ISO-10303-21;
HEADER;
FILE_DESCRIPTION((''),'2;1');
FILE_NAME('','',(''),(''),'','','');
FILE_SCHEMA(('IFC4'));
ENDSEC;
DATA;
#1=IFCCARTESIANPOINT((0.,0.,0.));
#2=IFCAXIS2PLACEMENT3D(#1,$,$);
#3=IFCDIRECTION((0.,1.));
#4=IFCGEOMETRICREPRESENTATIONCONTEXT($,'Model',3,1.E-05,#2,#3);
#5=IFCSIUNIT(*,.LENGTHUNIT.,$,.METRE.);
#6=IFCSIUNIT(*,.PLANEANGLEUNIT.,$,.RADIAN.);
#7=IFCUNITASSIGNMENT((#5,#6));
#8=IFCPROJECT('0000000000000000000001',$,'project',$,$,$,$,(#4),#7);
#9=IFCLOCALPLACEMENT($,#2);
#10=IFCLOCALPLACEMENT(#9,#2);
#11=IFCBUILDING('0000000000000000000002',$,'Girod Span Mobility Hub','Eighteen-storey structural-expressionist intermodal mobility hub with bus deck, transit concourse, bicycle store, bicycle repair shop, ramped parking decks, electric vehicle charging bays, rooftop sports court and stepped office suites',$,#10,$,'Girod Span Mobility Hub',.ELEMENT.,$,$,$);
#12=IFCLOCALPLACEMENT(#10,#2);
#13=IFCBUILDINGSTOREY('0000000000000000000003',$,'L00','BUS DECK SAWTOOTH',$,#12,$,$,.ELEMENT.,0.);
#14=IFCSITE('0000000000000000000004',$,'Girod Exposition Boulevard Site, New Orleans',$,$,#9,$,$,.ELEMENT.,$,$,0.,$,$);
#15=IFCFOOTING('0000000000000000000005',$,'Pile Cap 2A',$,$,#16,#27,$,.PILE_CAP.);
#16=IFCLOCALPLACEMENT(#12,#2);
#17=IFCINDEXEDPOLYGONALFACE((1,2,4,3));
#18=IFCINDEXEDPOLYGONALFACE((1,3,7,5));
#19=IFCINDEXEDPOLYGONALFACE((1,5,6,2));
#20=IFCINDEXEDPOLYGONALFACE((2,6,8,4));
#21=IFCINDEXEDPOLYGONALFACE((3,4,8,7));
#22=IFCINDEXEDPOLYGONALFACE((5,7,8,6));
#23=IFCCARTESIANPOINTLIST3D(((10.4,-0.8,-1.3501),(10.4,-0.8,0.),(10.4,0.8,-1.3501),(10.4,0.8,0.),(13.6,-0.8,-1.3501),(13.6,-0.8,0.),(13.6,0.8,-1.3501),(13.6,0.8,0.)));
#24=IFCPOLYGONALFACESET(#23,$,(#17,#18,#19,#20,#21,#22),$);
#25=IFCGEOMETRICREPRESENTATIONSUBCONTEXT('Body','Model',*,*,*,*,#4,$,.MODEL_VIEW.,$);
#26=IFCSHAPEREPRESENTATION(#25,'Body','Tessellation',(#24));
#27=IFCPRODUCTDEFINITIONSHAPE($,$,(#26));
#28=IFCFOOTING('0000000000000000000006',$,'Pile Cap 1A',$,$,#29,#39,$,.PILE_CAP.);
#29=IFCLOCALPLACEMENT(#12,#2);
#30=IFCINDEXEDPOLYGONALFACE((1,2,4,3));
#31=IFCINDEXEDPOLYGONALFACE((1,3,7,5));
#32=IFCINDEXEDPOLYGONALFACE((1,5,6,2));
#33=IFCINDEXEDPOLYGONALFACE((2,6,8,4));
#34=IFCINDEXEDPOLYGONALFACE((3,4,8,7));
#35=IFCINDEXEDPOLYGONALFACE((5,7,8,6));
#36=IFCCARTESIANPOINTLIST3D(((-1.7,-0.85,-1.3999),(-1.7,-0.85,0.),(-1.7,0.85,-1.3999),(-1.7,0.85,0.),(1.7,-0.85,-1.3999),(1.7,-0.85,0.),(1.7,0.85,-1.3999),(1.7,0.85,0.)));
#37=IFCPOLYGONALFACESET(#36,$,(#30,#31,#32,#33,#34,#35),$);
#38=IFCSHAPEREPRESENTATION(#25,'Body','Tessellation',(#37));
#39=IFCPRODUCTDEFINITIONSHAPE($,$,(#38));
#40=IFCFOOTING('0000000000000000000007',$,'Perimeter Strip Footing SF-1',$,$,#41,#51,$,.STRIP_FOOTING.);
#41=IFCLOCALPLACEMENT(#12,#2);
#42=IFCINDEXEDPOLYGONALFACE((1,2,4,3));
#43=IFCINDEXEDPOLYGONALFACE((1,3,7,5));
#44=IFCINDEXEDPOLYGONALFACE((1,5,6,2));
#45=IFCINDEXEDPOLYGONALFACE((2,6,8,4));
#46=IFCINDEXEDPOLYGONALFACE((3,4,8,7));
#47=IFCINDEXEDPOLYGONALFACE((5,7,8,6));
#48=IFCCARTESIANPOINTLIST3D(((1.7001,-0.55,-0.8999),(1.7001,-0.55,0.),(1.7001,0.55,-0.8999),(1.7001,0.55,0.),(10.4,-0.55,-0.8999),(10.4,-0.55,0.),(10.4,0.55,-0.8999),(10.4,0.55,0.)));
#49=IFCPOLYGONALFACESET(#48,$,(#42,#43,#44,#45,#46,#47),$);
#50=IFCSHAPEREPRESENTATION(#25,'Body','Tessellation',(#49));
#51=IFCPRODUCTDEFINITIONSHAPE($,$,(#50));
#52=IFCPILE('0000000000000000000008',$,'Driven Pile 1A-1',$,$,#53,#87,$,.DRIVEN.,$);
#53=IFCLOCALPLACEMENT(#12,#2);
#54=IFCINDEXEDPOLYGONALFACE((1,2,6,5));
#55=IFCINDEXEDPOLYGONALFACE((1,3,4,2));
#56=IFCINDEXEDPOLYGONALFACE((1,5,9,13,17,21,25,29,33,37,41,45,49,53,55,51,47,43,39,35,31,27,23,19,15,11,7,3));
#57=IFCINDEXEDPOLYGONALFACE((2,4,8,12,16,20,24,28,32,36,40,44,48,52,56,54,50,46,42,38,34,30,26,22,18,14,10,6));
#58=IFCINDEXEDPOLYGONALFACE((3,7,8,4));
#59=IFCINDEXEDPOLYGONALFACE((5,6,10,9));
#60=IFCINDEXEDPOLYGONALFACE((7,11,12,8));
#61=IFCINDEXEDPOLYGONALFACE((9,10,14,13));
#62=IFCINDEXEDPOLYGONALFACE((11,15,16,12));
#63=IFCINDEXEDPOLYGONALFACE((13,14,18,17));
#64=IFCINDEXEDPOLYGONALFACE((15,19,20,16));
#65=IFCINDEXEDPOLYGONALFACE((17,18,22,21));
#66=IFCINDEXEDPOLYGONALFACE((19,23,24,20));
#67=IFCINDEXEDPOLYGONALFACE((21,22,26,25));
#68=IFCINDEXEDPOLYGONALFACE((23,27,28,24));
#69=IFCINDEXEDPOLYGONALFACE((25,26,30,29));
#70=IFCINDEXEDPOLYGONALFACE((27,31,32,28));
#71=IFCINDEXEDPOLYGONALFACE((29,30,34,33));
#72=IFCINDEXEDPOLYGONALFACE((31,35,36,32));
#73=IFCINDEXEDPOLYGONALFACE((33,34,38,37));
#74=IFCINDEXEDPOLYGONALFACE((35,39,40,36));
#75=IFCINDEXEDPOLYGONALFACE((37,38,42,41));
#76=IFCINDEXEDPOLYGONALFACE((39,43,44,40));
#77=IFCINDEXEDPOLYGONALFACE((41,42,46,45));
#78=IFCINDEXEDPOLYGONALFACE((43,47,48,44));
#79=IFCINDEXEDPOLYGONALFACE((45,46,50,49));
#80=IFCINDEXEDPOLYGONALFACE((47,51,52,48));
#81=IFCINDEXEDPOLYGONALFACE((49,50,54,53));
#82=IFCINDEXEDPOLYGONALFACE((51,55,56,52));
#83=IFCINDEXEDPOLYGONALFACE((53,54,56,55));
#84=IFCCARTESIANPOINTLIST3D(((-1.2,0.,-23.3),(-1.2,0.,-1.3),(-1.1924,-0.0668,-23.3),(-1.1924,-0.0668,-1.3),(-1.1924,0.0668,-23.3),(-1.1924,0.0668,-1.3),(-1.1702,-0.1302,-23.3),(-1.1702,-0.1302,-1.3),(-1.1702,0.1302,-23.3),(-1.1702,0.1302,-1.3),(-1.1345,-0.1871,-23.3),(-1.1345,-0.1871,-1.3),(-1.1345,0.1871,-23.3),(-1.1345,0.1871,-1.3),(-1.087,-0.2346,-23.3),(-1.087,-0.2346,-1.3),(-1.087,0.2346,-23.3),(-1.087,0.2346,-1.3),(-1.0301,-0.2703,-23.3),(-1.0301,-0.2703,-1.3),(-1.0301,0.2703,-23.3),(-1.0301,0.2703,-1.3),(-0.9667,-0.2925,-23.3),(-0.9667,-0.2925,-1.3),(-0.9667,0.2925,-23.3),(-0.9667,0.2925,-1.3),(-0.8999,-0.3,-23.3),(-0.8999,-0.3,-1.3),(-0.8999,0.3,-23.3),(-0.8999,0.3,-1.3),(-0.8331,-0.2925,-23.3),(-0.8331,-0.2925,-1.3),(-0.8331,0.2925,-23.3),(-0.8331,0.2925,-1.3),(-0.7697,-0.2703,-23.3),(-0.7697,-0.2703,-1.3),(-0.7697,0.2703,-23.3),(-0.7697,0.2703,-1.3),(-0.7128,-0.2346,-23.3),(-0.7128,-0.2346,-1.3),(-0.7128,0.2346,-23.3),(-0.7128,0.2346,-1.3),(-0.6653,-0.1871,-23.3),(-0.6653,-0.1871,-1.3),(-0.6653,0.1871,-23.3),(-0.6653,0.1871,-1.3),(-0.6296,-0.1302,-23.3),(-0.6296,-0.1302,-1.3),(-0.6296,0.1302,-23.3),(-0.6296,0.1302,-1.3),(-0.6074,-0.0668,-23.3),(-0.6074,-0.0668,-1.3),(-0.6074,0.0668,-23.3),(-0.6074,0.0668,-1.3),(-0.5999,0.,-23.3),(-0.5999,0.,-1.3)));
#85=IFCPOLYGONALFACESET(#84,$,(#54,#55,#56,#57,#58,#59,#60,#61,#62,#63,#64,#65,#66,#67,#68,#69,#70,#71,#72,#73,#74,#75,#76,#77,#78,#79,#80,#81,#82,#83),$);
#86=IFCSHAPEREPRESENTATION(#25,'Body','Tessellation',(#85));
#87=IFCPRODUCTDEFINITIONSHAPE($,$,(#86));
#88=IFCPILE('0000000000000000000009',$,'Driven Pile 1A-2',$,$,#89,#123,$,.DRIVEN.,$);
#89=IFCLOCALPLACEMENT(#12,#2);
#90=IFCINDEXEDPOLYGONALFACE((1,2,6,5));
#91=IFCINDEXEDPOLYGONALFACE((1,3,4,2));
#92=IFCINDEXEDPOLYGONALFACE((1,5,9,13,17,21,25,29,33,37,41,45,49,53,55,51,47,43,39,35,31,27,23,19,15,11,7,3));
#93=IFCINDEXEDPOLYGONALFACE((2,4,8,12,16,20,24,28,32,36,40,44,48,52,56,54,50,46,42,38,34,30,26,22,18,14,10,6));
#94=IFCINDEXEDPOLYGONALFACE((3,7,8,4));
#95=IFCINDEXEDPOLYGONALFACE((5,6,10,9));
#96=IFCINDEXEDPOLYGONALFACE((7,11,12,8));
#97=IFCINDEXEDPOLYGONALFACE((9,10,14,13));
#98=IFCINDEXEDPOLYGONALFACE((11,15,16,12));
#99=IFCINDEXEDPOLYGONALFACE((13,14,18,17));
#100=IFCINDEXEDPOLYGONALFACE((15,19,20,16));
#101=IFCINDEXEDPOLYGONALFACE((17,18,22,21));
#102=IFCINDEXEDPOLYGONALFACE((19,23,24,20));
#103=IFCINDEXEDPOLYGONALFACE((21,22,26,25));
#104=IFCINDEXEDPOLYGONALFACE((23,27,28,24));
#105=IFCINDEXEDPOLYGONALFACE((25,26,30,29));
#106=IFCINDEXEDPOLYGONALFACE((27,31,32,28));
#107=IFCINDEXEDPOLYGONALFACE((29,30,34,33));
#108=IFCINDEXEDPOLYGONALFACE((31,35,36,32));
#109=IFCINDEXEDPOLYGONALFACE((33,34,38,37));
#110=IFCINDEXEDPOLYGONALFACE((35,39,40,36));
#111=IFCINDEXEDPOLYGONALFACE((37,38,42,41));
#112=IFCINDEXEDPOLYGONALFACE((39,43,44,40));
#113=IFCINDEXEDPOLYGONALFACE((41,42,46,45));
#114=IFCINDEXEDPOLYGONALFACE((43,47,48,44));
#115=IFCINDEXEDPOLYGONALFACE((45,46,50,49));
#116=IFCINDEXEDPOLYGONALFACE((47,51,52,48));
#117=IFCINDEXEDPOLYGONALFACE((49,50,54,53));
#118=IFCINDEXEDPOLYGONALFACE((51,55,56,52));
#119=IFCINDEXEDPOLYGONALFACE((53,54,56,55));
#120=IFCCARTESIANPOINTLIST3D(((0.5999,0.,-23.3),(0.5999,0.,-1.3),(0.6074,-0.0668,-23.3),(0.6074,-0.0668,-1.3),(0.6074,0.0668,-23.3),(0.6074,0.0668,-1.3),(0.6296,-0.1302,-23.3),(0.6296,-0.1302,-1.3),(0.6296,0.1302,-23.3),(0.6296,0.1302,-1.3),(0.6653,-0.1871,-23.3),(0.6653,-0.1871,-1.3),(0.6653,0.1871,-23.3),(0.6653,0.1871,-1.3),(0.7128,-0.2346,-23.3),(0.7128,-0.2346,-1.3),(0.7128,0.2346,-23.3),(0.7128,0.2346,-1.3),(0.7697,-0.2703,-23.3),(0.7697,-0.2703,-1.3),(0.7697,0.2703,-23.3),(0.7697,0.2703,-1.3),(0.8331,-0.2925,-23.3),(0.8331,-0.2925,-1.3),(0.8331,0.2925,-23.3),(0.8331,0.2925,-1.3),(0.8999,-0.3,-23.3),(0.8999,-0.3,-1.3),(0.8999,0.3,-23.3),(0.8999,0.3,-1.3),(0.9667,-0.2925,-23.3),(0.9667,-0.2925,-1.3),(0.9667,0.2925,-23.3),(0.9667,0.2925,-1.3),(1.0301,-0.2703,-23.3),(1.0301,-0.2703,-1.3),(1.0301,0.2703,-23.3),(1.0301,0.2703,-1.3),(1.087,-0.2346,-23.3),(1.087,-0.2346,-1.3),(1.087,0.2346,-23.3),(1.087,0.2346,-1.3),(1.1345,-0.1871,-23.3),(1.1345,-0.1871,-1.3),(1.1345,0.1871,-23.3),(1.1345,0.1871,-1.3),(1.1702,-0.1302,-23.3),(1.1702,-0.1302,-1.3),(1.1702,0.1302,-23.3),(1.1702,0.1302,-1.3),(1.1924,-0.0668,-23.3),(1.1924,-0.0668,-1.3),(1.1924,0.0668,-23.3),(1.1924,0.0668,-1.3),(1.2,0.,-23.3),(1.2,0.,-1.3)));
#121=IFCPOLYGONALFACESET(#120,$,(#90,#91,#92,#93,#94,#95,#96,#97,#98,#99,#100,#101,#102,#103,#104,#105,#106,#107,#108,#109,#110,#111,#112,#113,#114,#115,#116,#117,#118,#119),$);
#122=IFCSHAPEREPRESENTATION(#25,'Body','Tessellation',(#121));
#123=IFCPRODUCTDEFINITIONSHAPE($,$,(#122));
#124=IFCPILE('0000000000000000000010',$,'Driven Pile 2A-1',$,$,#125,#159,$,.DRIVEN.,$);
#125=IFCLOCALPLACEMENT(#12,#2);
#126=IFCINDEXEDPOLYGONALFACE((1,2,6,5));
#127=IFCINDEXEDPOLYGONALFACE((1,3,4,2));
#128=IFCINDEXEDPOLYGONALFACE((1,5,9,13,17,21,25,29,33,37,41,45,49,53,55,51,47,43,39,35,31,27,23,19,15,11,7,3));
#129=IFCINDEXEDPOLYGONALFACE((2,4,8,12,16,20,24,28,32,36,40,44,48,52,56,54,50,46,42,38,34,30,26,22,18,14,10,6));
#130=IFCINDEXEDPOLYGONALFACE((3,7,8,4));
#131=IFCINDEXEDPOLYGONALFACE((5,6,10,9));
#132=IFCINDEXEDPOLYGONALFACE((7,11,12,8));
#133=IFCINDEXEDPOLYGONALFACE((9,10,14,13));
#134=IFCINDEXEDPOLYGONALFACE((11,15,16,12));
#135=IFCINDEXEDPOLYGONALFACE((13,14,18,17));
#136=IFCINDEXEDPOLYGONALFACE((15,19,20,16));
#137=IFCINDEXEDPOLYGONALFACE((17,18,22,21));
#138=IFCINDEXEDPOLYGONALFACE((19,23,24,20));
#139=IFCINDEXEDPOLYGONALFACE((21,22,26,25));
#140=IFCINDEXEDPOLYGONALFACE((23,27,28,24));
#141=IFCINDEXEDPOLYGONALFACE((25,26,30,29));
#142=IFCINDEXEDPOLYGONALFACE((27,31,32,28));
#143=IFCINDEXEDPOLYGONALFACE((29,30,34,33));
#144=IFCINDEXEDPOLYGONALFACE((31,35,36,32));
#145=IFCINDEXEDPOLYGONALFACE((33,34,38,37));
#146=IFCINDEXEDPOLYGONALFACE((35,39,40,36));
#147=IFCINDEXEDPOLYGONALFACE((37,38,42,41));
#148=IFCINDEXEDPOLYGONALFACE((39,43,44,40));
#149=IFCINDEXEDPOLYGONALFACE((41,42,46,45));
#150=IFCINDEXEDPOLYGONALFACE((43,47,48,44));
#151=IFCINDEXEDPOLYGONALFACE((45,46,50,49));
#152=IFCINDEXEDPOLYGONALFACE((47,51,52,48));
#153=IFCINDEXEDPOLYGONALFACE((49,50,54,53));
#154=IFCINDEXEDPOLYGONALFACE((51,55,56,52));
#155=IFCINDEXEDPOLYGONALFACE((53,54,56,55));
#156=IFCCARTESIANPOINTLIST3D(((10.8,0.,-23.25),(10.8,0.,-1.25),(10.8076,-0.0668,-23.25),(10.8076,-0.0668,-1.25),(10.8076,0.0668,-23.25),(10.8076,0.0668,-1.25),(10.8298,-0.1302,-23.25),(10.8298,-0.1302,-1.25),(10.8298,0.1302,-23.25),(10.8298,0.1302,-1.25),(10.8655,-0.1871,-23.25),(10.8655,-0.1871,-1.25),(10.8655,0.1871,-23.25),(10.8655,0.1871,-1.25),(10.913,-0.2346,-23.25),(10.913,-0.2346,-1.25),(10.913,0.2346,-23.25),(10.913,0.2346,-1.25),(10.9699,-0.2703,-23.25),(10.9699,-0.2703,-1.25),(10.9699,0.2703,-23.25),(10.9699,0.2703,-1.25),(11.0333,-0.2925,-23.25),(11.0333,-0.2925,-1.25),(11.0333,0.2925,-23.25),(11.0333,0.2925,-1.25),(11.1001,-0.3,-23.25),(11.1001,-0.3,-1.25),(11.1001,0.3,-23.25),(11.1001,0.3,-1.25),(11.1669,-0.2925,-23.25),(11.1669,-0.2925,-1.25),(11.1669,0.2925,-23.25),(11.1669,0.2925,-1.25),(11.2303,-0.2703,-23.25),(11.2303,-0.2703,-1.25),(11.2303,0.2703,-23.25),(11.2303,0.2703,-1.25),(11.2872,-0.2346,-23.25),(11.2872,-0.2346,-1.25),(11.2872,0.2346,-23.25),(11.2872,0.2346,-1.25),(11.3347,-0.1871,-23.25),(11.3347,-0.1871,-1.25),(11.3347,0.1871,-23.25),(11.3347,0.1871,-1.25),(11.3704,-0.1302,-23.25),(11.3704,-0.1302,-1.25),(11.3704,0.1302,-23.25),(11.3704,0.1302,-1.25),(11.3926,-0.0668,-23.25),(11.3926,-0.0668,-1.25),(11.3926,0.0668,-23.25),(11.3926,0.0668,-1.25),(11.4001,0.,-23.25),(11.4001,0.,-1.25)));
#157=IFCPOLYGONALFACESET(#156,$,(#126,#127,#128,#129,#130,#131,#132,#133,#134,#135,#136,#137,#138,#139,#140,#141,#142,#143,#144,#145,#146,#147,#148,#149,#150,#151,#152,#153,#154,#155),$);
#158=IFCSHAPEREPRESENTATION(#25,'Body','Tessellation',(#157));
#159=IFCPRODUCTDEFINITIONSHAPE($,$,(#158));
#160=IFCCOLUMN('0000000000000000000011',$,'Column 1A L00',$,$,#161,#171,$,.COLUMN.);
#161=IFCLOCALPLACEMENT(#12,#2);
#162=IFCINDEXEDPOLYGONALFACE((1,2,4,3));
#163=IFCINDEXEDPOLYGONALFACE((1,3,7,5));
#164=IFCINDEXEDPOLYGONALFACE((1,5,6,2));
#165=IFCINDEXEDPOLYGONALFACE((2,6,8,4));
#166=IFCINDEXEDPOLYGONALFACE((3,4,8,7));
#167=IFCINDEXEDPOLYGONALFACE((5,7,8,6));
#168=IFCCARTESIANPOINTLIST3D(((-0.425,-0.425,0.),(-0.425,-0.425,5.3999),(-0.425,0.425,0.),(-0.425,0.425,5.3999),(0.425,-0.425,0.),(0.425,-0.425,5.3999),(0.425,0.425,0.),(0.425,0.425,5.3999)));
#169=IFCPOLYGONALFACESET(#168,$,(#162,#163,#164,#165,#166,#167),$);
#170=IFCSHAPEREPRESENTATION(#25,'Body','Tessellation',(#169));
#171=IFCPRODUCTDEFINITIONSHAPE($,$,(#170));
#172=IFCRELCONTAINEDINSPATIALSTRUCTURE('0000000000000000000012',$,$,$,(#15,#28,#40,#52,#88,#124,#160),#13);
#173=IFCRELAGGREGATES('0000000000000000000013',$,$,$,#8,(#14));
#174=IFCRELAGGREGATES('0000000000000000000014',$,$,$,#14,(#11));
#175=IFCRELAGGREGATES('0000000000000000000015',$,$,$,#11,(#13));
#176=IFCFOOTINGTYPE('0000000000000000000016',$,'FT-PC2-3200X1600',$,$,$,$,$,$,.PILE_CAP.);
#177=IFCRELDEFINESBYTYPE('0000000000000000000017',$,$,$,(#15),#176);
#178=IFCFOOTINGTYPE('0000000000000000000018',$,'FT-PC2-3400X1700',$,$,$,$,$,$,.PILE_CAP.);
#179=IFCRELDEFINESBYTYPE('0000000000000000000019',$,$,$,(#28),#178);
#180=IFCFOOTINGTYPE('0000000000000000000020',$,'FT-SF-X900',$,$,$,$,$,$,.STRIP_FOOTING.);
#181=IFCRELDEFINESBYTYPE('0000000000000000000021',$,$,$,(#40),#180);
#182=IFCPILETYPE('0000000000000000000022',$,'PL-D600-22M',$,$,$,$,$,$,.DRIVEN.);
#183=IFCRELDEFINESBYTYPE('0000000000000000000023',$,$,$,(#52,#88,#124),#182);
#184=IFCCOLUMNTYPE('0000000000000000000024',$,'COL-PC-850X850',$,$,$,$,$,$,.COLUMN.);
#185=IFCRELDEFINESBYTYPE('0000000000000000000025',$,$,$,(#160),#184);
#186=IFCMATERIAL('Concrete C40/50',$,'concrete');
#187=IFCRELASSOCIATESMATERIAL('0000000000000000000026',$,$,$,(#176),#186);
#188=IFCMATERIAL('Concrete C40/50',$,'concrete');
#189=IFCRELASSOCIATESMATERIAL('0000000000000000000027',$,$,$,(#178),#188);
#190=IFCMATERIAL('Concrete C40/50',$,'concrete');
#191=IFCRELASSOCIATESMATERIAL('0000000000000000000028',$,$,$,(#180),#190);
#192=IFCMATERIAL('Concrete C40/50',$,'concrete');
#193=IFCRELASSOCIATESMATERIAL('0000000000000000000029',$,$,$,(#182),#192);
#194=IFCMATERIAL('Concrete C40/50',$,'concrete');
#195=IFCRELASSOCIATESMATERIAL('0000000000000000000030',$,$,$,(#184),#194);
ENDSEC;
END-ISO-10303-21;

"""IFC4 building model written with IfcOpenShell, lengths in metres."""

from ifc_helpers import new_model, si_unit, direction, frame, origin, origin_with_axes, origin_2d, place, context, subcontext, project, spatial, rectangle, circle, extrude, material, material_profile, profile_set, type_object, element, save


model = new_model("IFC4")

# Units and contexts
model_context = context("Model", 3, precision=1e-05, world=origin(), true_north=direction((0.0, 1.0)))
body_context = subcontext(model_context, "Body", "Model", "MODEL_VIEW")
ifc_project = project(units=[si_unit("LENGTHUNIT", "METRE"), si_unit("PLANEANGLEUNIT", "RADIAN")], contexts=[model_context])

# Site, building, storey
site_placement = place(None, origin())
site = spatial("IfcSite", under=ifc_project, at=site_placement, Name="Girod Exposition Boulevard Site, New Orleans", CompositionType="ELEMENT", RefElevation=0.0)
building_placement = place(site_placement, origin())
building = spatial("IfcBuilding", under=site, at=building_placement, Name="Girod Span Mobility Hub", Description="Eighteen-storey structural-expressionist intermodal mobility hub with bus deck, transit concourse, bicycle store, bicycle repair shop, ramped parking decks, electric vehicle charging bays, rooftop sports court and stepped office suites", LongName="Girod Span Mobility Hub", CompositionType="ELEMENT")
storey_placement = place(building_placement, origin())
storey = spatial("IfcBuildingStorey", under=building, at=storey_placement, Name="L00", Description="BUS DECK SAWTOOTH", CompositionType="ELEMENT", Elevation=0.0)

# Footings
ifc_material_1 = material(Name="Concrete C40/50", Category="concrete")
footing_type_1 = type_object("IfcFootingType", Name="FT-PC2-3200X1600", PredefinedType="PILE_CAP", material=ifc_material_1)
footing_1_placement = place(storey_placement, frame((12.0, 0.0, -1.3501), z_axis=(0.0, 0.0, 1.0), x_axis=(1.0, 0.0, 0.0)))
element("IfcFooting", 1, at=footing_1_placement, inside=storey, type_object=footing_type_1, Name="Pile Cap 2A", PredefinedType="PILE_CAP", context=body_context, shape_type="SweptSolid", body=[
    extrude(rectangle(XDim=3.2, YDim=1.6001, at=origin_2d()), origin(), (0.0, 0.0, 1.0), 1.3501),
])
ifc_material_2 = material(Name="Concrete C40/50", Category="concrete")
footing_type_2 = type_object("IfcFootingType", Name="FT-PC2-3400X1700", PredefinedType="PILE_CAP", material=ifc_material_2)
footing_2_placement = place(storey_placement, frame((0.0, 0.0, -1.3999), z_axis=(0.0, 0.0, 1.0), x_axis=(1.0, 0.0, 0.0)))
element("IfcFooting", 2, at=footing_2_placement, inside=storey, type_object=footing_type_2, Name="Pile Cap 1A", PredefinedType="PILE_CAP", context=body_context, shape_type="SweptSolid", body=[
    extrude(rectangle(XDim=3.3999, YDim=1.7, at=origin_2d()), origin(), (0.0, 0.0, 1.0), 1.3999),
])
ifc_material_3 = material(Name="Concrete C40/50", Category="concrete")
footing_type_3 = type_object("IfcFootingType", Name="FT-SF-X900", PredefinedType="STRIP_FOOTING", material=ifc_material_3)
footing_3_placement = place(storey_placement, frame((6.05, 0.0, -0.8999), z_axis=(0.0, 0.0, 1.0), x_axis=(1.0, 0.0, 0.0)))
element("IfcFooting", 3, at=footing_3_placement, inside=storey, type_object=footing_type_3, Name="Perimeter Strip Footing SF-1", PredefinedType="STRIP_FOOTING", context=body_context, shape_type="SweptSolid", body=[
    extrude(rectangle(XDim=8.7, YDim=1.1001, at=origin_2d()), origin(), (0.0, 0.0, 1.0), 0.8999),
])

# Piles
ifc_material_4 = material(Name="Concrete C40/50", Category="concrete")
ifc_material_profile_1 = material_profile(ifc_material_4, circle(Radius=0.3, at=origin_2d()), Name="PILE-D600")
ifc_profile_set_1 = profile_set([ifc_material_profile_1], Name="Concrete C40/50")
pile_type = type_object("IfcPileType", Name="PL-D600-22M", PredefinedType="DRIVEN", material=ifc_profile_set_1)
for number, where, z_axis, x_axis, name in (
    (4, (-0.8999, 0.0, -1.3), (0.0, 0.0, -1.0), (1.0, 0.0, 0.0), "Driven Pile 1A-1"),
    (5, (0.8999, 0.0, -1.3), (0.0, 0.0, -1.0), (1.0, 0.0, 0.0), "Driven Pile 1A-2"),
    (6, (11.1001, 0.0, -1.25), (0.0, 0.0, -1.0), (1.0, 0.0, 0.0), "Driven Pile 2A-1"),
):
    element("IfcPile", number, at=place(storey_placement, frame(where, z_axis=z_axis, x_axis=x_axis)), inside=storey, type_object=pile_type, Name=name, PredefinedType="DRIVEN", context=body_context, shape_type="SweptSolid", body=[
        extrude(circle(Radius=0.3, at=origin_2d()), origin(), (0.0, 0.0, 1.0), 22.0),
    ])

# Column
ifc_material_5 = material(Name="Concrete C40/50", Category="concrete")
ifc_material_profile_2 = material_profile(ifc_material_5, rectangle(XDim=0.8501, YDim=0.8501, at=origin_2d()), Name="PC-COL-850X850")
ifc_profile_set_2 = profile_set([ifc_material_profile_2], Name="Concrete C40/50")
column_type_1 = type_object("IfcColumnType", Name="COL-PC-850X850", PredefinedType="COLUMN", material=ifc_profile_set_2)
column_1_placement = place(storey_placement, origin_with_axes())
element("IfcColumn", 7, at=column_1_placement, inside=storey, type_object=column_type_1, Name="Column 1A L00", PredefinedType="COLUMN", context=body_context, shape_type="SweptSolid", body=[
    extrude(rectangle(XDim=0.8501, YDim=0.8501, at=origin_2d()), origin(), (0.0, 0.0, 1.0), 5.3999),
])

save(model, "model.ifc")
